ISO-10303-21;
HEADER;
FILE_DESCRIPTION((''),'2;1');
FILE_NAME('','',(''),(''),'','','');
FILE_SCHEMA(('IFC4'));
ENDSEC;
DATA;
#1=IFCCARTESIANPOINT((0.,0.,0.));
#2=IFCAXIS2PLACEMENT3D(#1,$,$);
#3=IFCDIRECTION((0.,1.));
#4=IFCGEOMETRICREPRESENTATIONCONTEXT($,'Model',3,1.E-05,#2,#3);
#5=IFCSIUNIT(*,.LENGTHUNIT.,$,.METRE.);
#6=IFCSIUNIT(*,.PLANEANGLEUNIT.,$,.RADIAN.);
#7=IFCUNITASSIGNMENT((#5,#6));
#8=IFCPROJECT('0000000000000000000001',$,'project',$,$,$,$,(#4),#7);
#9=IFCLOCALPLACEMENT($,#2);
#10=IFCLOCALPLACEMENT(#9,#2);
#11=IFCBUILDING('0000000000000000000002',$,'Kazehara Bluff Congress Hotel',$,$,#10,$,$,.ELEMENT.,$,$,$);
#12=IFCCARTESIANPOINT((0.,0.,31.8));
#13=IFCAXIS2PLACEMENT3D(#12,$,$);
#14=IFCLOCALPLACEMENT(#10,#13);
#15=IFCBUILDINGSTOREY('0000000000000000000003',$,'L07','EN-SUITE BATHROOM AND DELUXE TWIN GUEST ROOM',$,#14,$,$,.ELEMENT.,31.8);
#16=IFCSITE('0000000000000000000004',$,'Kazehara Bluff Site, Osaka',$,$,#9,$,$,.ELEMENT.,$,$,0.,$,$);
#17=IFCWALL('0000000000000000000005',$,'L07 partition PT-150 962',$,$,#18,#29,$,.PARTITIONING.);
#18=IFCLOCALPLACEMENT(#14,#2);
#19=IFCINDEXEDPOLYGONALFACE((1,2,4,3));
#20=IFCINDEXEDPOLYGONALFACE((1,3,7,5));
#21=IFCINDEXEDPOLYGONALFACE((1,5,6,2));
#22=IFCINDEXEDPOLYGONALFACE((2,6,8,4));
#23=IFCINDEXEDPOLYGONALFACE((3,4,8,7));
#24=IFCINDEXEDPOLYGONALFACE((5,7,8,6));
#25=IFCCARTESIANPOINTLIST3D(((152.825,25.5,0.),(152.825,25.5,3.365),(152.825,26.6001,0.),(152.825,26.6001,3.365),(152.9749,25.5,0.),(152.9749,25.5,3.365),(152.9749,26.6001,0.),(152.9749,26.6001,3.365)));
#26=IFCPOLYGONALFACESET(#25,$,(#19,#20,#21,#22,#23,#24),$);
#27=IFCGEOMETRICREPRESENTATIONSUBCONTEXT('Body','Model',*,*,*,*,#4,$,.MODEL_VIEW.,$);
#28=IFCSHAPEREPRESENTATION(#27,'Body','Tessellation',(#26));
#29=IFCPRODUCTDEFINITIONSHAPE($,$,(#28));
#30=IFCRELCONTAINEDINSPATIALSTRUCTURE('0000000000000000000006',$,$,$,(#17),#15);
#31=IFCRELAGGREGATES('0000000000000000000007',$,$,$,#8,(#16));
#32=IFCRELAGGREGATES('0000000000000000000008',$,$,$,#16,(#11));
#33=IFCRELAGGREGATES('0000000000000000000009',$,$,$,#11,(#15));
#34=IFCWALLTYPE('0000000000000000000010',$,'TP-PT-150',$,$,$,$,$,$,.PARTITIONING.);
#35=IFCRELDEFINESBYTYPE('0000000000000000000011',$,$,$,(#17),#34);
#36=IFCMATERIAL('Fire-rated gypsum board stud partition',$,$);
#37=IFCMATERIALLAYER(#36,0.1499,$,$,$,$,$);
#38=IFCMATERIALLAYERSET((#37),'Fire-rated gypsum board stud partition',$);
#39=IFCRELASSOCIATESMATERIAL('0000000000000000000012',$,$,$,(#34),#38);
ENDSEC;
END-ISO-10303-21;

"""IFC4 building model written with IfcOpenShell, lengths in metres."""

from ifc_helpers import new_model, si_unit, direction, frame, frame_2d, origin, place, context, subcontext, project, spatial, rectangle, extrude, material, layer, layer_set, type_object, element, save


model = new_model("IFC4")

# Units and contexts
model_context = context("Model", 3, precision=1e-05, world=origin(), true_north=direction((0.0, 1.0)))
body_context = subcontext(model_context, "Body", "Model", "MODEL_VIEW")
ifc_project = project(units=[si_unit("LENGTHUNIT", "METRE"), si_unit("PLANEANGLEUNIT", "RADIAN")], contexts=[model_context])

# Site, building, storey
site_placement = place(None, origin())
site = spatial("IfcSite", under=ifc_project, at=site_placement, Name="Kazehara Bluff Site, Osaka", CompositionType="ELEMENT", RefElevation=0.0)
building_placement = place(site_placement, origin())
building = spatial("IfcBuilding", under=site, at=building_placement, Name="Kazehara Bluff Congress Hotel", CompositionType="ELEMENT")
storey_placement = place(building_placement, frame((0.0, 0.0, 31.8)))
storey = spatial("IfcBuildingStorey", under=building, at=storey_placement, Name="L07", Description="EN-SUITE BATHROOM AND DELUXE TWIN GUEST ROOM", CompositionType="ELEMENT", Elevation=31.8)

# Shared definitions
ifc_material_1 = material(Name="Fire-rated gypsum board stud partition")
ifc_layer = layer(ifc_material_1, 0.1499)
ifc_layer_set = layer_set([ifc_layer], Name="Fire-rated gypsum board stud partition")
wall_type = type_object("IfcWallType", Name="TP-PT-150", PredefinedType="PARTITIONING", material=ifc_layer_set)

# Wall
wall_1_placement = place(storey_placement, frame((152.8999, 25.5, 0.0), z_axis=(0.0, 0.0, 1.0), x_axis=(0.0, 1.0, 0.0)))
element("IfcWall", 1, at=wall_1_placement, inside=storey, type_object=wall_type, Name="L07 partition PT-150 962", PredefinedType="PARTITIONING", context=body_context, shape_type="SweptSolid", body=[
    extrude(rectangle(XDim=1.1001, YDim=0.1499, at=frame_2d((0.55, 0.0))), origin(), (0.0, 0.0, 1.0), 3.365),
])

save(model, "model.ifc")
